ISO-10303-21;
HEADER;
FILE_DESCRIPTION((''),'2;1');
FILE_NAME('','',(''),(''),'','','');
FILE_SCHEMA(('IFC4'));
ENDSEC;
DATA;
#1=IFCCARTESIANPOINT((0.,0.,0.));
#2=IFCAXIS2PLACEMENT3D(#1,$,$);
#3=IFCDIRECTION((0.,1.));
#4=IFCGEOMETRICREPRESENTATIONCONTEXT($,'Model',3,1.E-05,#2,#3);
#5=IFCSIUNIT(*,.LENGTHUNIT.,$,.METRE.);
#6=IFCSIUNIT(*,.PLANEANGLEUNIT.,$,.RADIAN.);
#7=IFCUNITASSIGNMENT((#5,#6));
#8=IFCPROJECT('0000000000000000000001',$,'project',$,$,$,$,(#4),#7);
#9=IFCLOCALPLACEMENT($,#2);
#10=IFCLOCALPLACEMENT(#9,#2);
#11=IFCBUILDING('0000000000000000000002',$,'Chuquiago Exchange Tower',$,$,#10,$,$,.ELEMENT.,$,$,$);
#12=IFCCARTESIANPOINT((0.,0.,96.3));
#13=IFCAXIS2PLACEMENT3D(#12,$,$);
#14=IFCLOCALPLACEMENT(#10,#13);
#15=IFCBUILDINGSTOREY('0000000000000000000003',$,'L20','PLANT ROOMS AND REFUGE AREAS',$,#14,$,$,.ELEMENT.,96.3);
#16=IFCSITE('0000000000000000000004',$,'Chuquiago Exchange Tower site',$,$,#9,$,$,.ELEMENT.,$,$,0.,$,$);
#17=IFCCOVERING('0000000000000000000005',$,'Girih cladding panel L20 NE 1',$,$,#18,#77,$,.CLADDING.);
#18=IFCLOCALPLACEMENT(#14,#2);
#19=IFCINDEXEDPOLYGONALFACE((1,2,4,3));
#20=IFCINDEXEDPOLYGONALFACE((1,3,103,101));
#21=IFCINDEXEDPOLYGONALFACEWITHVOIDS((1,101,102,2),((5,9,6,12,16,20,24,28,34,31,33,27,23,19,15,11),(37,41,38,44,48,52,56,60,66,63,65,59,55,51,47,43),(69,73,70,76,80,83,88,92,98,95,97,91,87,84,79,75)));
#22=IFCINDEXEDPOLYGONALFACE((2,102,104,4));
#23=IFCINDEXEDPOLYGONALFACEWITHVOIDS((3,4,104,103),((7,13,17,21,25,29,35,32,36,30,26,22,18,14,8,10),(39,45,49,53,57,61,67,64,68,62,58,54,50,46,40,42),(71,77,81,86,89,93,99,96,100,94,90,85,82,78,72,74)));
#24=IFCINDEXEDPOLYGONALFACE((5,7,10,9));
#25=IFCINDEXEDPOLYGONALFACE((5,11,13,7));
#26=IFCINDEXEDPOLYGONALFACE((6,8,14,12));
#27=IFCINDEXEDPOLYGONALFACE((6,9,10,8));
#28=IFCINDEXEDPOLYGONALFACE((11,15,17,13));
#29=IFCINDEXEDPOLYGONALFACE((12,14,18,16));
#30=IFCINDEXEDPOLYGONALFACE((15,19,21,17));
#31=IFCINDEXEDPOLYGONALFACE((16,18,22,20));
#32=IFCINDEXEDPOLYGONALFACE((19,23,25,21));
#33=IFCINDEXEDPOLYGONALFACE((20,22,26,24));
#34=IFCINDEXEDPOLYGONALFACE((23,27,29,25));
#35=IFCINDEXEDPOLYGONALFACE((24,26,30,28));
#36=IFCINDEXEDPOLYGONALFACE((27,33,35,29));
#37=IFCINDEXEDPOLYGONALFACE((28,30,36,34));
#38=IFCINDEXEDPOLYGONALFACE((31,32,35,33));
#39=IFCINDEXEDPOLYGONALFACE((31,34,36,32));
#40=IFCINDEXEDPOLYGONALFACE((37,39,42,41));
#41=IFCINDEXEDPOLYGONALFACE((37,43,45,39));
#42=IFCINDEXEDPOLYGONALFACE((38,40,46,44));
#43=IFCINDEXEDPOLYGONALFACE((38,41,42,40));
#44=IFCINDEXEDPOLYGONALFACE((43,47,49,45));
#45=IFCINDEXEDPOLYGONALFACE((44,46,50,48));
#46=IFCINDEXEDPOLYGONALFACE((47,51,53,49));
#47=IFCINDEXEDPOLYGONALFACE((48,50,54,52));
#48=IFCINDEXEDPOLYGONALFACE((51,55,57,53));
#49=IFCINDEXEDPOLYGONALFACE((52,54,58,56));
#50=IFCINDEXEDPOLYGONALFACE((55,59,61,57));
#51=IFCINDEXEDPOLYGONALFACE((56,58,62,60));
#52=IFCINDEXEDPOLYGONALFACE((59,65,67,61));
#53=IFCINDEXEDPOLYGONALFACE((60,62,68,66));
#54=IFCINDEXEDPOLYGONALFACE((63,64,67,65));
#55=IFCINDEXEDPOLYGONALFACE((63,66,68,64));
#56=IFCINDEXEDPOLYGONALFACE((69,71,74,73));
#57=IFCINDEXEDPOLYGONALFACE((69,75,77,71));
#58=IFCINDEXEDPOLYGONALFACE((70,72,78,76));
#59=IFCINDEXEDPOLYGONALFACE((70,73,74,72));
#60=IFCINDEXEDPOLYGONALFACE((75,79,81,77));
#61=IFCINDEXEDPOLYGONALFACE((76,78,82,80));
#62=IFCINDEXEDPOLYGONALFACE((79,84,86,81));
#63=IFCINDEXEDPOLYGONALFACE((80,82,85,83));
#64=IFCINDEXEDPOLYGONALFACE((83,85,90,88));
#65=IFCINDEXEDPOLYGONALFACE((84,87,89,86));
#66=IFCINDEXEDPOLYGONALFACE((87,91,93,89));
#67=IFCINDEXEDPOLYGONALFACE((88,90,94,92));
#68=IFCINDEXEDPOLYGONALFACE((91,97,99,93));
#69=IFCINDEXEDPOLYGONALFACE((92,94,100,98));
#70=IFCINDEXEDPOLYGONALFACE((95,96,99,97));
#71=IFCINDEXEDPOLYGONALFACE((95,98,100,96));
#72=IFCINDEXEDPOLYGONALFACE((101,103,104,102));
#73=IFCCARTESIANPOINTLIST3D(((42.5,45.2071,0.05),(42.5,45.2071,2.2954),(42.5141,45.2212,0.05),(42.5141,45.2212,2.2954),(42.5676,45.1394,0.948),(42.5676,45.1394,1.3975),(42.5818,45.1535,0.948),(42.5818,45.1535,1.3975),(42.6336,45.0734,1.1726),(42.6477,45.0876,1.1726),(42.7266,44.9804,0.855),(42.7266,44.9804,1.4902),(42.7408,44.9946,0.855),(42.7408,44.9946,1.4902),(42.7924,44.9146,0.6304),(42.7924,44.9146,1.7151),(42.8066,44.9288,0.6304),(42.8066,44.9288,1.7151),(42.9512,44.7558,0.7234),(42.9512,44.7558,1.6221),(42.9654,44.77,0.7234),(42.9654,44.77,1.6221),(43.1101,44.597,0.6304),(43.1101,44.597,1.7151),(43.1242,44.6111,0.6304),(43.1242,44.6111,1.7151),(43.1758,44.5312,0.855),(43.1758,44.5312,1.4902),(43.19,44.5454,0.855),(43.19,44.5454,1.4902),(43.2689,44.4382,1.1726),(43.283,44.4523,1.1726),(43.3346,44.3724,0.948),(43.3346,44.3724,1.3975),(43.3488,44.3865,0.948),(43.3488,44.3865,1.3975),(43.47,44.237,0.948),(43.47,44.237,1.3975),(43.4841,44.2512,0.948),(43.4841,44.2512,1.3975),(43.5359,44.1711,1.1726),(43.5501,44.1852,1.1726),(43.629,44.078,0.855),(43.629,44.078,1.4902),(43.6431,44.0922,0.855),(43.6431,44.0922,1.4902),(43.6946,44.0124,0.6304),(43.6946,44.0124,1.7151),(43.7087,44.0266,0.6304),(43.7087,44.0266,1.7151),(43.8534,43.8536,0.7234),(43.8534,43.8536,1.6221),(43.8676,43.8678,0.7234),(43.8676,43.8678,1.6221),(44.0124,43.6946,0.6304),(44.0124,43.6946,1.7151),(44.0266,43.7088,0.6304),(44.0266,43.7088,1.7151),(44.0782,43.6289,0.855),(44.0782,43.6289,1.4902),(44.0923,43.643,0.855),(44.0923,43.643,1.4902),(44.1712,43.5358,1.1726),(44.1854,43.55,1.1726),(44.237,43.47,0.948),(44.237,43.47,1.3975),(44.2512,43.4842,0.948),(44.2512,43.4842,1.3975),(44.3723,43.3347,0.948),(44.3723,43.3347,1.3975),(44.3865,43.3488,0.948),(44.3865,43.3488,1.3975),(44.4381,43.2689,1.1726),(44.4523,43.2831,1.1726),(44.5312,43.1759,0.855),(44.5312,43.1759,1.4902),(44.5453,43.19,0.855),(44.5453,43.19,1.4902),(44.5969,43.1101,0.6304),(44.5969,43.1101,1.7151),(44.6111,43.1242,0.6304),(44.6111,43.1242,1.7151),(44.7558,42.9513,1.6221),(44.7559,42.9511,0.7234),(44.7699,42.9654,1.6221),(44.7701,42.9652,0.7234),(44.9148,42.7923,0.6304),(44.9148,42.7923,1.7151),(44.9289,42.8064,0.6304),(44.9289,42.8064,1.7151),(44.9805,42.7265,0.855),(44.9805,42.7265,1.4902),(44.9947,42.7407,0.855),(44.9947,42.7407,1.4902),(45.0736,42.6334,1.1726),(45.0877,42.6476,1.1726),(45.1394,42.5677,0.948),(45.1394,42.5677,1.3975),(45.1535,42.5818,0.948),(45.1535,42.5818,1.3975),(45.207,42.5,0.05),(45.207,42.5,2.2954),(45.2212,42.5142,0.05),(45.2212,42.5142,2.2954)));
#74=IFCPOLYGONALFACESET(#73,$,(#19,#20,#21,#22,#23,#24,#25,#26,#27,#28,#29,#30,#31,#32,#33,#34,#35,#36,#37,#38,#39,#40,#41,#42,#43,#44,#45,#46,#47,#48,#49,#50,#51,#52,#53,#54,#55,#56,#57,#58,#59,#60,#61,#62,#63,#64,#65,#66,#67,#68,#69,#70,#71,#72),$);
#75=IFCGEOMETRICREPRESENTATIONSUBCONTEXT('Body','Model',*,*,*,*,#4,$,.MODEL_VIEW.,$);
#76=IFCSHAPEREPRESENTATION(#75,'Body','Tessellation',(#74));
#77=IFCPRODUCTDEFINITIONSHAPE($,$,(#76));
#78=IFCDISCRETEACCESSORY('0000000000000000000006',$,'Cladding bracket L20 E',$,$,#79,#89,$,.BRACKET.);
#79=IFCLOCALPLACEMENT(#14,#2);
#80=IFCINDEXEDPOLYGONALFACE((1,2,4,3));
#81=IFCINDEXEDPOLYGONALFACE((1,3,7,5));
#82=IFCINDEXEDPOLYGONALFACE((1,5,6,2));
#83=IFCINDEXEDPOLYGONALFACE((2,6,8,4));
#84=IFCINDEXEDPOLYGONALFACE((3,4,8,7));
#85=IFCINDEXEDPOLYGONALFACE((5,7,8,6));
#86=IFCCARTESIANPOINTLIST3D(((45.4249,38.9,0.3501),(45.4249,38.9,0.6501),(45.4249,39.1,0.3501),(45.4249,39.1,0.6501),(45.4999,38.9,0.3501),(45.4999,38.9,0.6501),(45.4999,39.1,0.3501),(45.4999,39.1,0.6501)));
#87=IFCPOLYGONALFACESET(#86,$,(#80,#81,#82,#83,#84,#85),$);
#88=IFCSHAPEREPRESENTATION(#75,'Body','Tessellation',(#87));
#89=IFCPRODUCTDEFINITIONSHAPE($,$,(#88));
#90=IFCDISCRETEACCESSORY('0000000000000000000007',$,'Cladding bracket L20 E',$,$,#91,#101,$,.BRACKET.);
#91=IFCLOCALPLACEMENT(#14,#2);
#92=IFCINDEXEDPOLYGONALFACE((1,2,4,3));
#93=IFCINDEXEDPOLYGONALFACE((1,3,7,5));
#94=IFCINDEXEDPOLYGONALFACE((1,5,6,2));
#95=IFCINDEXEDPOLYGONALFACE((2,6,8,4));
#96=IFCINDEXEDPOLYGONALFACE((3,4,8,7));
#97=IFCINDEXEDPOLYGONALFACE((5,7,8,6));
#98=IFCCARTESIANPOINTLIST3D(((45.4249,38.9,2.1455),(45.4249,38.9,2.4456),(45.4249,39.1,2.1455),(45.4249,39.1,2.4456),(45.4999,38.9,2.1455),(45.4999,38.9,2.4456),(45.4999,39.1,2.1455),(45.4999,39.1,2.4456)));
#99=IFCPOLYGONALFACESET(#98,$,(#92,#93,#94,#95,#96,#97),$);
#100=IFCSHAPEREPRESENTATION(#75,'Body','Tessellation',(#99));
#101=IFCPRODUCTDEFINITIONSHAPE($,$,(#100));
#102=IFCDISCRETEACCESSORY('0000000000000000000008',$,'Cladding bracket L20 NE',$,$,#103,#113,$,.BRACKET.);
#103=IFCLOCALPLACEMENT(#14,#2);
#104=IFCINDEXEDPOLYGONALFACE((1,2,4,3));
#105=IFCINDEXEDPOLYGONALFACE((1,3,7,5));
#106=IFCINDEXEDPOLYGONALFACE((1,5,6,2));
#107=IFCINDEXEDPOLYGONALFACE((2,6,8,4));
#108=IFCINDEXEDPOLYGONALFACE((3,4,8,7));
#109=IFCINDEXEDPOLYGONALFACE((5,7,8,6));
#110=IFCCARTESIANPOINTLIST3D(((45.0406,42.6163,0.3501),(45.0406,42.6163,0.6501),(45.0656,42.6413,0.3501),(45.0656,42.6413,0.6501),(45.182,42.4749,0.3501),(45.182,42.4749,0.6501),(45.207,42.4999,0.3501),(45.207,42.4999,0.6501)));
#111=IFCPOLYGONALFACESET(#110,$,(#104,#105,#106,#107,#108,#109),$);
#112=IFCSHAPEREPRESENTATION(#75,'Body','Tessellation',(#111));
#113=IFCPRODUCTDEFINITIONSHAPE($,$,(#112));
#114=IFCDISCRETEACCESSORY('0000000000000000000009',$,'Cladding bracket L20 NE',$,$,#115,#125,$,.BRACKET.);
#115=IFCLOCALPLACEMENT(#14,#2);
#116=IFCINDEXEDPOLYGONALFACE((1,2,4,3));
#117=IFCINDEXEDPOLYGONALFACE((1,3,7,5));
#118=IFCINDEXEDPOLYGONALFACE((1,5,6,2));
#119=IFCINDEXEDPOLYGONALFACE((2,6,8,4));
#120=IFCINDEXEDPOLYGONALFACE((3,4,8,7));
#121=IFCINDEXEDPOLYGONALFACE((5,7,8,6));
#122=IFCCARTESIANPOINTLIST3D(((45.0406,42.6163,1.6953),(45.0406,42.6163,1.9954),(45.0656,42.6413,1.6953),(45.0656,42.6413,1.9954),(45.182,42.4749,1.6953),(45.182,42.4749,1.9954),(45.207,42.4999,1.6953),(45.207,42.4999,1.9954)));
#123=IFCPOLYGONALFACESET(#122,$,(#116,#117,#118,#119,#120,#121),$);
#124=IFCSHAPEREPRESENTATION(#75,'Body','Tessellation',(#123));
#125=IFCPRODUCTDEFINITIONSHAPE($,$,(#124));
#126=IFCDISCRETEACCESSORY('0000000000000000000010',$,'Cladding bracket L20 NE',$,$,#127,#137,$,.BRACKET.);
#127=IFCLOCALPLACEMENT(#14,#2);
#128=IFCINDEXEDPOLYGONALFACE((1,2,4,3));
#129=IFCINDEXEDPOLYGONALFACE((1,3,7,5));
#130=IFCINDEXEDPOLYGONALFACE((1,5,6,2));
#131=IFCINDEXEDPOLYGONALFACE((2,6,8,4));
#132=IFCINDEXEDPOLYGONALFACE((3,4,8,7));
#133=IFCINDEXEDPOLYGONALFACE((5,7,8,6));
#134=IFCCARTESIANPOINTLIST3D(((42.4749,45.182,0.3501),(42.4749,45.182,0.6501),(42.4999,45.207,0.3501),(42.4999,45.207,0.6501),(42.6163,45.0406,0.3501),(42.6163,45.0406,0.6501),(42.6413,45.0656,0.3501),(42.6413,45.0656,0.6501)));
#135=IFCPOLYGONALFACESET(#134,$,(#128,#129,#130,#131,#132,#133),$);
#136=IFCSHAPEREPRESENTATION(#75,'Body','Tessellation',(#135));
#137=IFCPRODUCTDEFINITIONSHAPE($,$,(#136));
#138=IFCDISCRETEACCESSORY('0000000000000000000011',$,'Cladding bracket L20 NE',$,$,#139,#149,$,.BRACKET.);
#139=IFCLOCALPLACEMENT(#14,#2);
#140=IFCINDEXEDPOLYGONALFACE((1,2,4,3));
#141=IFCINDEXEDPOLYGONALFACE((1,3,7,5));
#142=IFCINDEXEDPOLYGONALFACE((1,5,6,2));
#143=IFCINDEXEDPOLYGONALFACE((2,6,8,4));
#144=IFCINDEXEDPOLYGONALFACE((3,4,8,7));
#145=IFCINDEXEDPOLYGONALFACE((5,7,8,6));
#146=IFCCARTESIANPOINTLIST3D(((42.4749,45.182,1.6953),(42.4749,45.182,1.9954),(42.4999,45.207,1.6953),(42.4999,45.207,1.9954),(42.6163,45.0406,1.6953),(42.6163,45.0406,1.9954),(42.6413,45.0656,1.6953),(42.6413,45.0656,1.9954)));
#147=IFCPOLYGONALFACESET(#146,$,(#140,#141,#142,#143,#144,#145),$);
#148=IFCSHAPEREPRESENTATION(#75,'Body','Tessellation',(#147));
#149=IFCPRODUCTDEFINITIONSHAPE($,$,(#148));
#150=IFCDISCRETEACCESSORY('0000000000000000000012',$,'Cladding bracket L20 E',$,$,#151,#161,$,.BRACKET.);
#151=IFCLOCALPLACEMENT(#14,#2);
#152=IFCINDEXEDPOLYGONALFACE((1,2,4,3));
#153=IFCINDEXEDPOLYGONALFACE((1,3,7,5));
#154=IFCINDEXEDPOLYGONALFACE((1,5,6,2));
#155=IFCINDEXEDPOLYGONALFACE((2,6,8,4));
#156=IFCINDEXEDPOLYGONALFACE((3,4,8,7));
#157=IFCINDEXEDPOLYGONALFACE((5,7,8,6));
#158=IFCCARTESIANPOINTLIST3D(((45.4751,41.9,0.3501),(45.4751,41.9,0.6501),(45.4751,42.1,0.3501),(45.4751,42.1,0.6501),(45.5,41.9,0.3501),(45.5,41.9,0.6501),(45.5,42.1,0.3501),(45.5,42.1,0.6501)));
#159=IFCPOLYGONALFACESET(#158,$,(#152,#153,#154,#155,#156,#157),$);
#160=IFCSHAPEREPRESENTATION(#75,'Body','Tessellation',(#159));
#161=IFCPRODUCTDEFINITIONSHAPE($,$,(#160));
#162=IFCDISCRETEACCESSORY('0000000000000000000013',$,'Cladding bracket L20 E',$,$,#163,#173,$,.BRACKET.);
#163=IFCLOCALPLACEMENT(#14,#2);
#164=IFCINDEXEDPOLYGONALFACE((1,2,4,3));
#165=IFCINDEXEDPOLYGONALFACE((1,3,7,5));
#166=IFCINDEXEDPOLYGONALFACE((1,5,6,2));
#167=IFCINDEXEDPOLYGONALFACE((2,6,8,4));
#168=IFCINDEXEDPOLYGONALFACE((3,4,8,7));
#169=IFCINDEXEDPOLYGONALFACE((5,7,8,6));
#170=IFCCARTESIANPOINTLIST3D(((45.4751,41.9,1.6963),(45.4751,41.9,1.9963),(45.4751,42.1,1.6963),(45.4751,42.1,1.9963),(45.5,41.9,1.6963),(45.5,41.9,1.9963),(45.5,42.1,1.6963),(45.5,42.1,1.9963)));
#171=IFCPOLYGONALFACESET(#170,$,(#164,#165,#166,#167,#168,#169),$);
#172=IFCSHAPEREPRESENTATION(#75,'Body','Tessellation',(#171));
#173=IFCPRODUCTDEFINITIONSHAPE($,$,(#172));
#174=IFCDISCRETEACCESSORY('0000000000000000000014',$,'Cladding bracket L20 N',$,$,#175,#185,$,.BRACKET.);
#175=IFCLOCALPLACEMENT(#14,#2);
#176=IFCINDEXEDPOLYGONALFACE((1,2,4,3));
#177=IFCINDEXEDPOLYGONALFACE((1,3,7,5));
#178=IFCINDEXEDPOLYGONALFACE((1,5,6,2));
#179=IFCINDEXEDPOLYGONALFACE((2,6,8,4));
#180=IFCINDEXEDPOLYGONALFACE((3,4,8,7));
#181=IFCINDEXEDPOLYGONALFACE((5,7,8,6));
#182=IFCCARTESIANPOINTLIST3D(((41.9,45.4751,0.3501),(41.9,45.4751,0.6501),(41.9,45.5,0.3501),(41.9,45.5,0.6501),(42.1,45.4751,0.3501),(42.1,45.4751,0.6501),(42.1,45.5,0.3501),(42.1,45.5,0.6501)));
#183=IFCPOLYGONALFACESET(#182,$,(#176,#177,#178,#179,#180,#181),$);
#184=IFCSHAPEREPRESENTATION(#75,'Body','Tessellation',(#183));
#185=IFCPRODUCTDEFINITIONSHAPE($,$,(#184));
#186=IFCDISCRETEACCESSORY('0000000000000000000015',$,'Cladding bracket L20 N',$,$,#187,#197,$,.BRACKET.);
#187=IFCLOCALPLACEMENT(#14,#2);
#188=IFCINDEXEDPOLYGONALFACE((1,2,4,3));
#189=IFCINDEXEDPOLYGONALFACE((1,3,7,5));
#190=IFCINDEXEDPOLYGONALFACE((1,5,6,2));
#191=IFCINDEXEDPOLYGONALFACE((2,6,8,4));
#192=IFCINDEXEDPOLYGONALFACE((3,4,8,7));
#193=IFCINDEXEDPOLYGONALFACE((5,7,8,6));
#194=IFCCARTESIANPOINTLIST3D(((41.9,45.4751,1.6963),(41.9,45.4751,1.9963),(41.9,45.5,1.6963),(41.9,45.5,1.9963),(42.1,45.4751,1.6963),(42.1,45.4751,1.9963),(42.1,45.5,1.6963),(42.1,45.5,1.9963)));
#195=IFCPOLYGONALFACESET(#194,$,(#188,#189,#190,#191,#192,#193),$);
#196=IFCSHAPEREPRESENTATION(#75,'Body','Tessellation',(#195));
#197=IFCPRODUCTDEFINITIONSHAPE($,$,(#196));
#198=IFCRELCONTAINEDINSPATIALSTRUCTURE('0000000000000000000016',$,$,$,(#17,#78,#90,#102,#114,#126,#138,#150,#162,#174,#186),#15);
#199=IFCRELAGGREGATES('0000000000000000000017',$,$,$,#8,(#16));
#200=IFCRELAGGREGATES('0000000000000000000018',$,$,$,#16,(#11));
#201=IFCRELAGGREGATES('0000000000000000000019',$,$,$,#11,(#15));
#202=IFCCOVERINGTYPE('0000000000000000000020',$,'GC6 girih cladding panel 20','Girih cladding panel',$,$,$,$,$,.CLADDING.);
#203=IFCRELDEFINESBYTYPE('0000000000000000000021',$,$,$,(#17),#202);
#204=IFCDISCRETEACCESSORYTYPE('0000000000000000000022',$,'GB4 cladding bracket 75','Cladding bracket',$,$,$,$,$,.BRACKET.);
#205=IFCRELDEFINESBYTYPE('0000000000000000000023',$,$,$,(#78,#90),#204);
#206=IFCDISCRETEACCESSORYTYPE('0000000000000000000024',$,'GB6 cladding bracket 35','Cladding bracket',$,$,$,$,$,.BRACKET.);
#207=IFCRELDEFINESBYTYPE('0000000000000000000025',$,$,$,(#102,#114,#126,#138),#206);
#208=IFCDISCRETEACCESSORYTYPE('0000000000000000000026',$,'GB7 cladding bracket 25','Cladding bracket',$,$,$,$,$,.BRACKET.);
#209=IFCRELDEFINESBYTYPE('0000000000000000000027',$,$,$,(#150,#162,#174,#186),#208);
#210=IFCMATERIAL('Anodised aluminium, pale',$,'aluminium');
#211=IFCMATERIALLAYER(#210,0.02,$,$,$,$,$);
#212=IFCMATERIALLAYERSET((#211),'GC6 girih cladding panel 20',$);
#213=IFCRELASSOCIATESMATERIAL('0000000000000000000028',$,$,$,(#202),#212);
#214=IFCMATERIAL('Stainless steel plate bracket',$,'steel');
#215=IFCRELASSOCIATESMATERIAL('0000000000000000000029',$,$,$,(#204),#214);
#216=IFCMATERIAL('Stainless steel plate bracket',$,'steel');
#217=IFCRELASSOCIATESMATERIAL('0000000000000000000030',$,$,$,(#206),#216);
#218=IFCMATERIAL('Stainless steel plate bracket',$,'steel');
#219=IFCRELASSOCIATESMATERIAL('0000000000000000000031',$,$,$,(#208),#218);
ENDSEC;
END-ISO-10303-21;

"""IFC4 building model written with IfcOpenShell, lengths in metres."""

from ifc_helpers import new_model, si_unit, direction, frame, origin, origin_2d, place, context, subcontext, project, spatial, polyline, rectangle, outline, extrude, material, layer, layer_set, type_object, element, save


model = new_model("IFC4")

# Units and contexts
model_context = context("Model", 3, precision=1e-05, world=origin(), true_north=direction((0.0, 1.0)))
body_context = subcontext(model_context, "Body", "Model", "MODEL_VIEW")
ifc_project = project(units=[si_unit("LENGTHUNIT", "METRE"), si_unit("PLANEANGLEUNIT", "RADIAN")], contexts=[model_context])

# Site, building, storey
site_placement = place(None, origin())
site = spatial("IfcSite", under=ifc_project, at=site_placement, Name="Chuquiago Exchange Tower site", CompositionType="ELEMENT", RefElevation=0.0)
building_placement = place(site_placement, origin())
building = spatial("IfcBuilding", under=site, at=building_placement, Name="Chuquiago Exchange Tower", CompositionType="ELEMENT")
storey_placement = place(building_placement, frame((0.0, 0.0, 96.3)))
storey = spatial("IfcBuildingStorey", under=building, at=storey_placement, Name="L20", Description="PLANT ROOMS AND REFUGE AREAS", CompositionType="ELEMENT", Elevation=96.3)

# Covering
ifc_material_1 = material(Name="Anodised aluminium, pale", Category="aluminium")
ifc_layer_1 = layer(ifc_material_1, 0.02)
ifc_layer_set_1 = layer_set([ifc_layer_1], Name="GC6 girih cladding panel 20")
covering_type_1 = type_object("IfcCoveringType", Name="GC6 girih cladding panel 20", Description="Girih cladding panel", PredefinedType="CLADDING", material=ifc_layer_set_1)
covering_1_placement = place(storey_placement, frame((45.207, 42.5, 0.05), z_axis=(0.0, 0.0, 1.0), x_axis=(-0.707107, 0.707107, 0.0)))
element("IfcCovering", 1, at=covering_1_placement, inside=storey, type_object=covering_type_1, Name="Girih cladding panel L20 NE 1", PredefinedType="CLADDING", context=body_context, shape_type="SweptSolid", body=[
    extrude(outline(polyline([(0.0, 0.0), (3.8284, 0.0), (3.8284, 2.2454), (0.0, 2.2454), (0.0, 0.0)]), holes=[polyline([(1.0874, 1.1226), (1.1804, 1.3474), (0.9558, 1.4402), (0.8628, 1.665), (0.6382, 1.572), (0.4133, 1.665), (0.3203, 1.4402), (0.0957, 1.3474), (0.1887, 1.1226), (0.0957, 0.8979), (0.3203, 0.8049), (0.4133, 0.5803), (0.6379, 0.6733), (0.8628, 0.5803), (0.9558, 0.8049), (1.1804, 0.8979), (1.0874, 1.1226)]), polyline([(2.3633, 1.1226), (2.4565, 1.3474), (2.2317, 1.4402), (2.1389, 1.665), (1.9143, 1.572), (1.6895, 1.665), (1.5964, 1.4402), (1.3718, 1.3474), (1.4648, 1.1226), (1.3718, 0.8979), (1.5964, 0.8049), (1.6895, 0.5803), (1.9143, 0.6733), (2.1389, 0.5803), (2.2317, 0.8049), (2.4565, 0.8979), (2.3633, 1.1226)]), polyline([(3.6394, 1.1226), (3.7327, 1.3474), (3.5078, 1.4402), (3.4148, 1.665), (3.1902, 1.572), (2.9656, 1.665), (2.8726, 1.4402), (2.6479, 1.3474), (2.741, 1.1226), (2.6479, 0.8979), (2.8726, 0.8049), (2.9656, 0.5803), (3.1902, 0.6733), (3.4148, 0.5803), (3.5078, 0.8049), (3.7327, 0.8979), (3.6394, 1.1226)])]), frame((0.0, 0.0, 0.0), z_axis=(0.0, -1.0, 0.0), x_axis=(1.0, 0.0, 0.0)), (0.0, 0.0, 1.0), 0.02),
])

# Discrete accessories
ifc_material_2 = material(Name="Stainless steel plate bracket", Category="steel")
discrete_accessory_type_1 = type_object("IfcDiscreteAccessoryType", Name="GB4 cladding bracket 75", Description="Cladding bracket", PredefinedType="BRACKET", material=ifc_material_2)
for number, where, z_axis, x_axis, name in (
    (2, (45.4624, 39.0, 0.3501), (0.0, 0.0, 1.0), (0.0, 1.0, 0.0), "Cladding bracket L20 E"),
    (3, (45.4624, 39.0, 2.1455), (0.0, 0.0, 1.0), (0.0, 1.0, 0.0), "Cladding bracket L20 E"),
):
    element("IfcDiscreteAccessory", number, at=place(storey_placement, frame(where, z_axis=z_axis, x_axis=x_axis)), inside=storey, type_object=discrete_accessory_type_1, Name=name, PredefinedType="BRACKET", context=body_context, shape_type="SweptSolid", body=[
        extrude(rectangle(XDim=0.2, YDim=0.075, at=origin_2d()), origin(), (0.0, 0.0, 1.0), 0.3),
    ])
ifc_material_3 = material(Name="Stainless steel plate bracket", Category="steel")
discrete_accessory_type_2 = type_object("IfcDiscreteAccessoryType", Name="GB6 cladding bracket 35", Description="Cladding bracket", PredefinedType="BRACKET", material=ifc_material_3)
for number, where, z_axis, x_axis, name in (
    (4, (45.1238, 42.5581, 0.3501), (0.0, 0.0, 1.0), (-0.707107, 0.707107, 0.0), "Cladding bracket L20 NE"),
    (5, (45.1238, 42.5581, 1.6953), (0.0, 0.0, 1.0), (-0.707107, 0.707107, 0.0), "Cladding bracket L20 NE"),
    (6, (42.5581, 45.1238, 0.3501), (0.0, 0.0, 1.0), (-0.707107, 0.707107, 0.0), "Cladding bracket L20 NE"),
    (7, (42.5581, 45.1238, 1.6953), (0.0, 0.0, 1.0), (-0.707107, 0.707107, 0.0), "Cladding bracket L20 NE"),
):
    element("IfcDiscreteAccessory", number, at=place(storey_placement, frame(where, z_axis=z_axis, x_axis=x_axis)), inside=storey, type_object=discrete_accessory_type_2, Name=name, PredefinedType="BRACKET", context=body_context, shape_type="SweptSolid", body=[
        extrude(rectangle(XDim=0.2, YDim=0.0354, at=origin_2d()), origin(), (0.0, 0.0, 1.0), 0.3),
    ])
ifc_material_4 = material(Name="Stainless steel plate bracket", Category="steel")
discrete_accessory_type_3 = type_object("IfcDiscreteAccessoryType", Name="GB7 cladding bracket 25", Description="Cladding bracket", PredefinedType="BRACKET", material=ifc_material_4)
for number, where, z_axis, x_axis, name in (
    (8, (45.4875, 42.0, 0.3501), (0.0, 0.0, 1.0), (0.0, 1.0, 0.0), "Cladding bracket L20 E"),
    (9, (45.4875, 42.0, 1.6963), (0.0, 0.0, 1.0), (0.0, 1.0, 0.0), "Cladding bracket L20 E"),
    (10, (42.0, 45.4875, 0.3501), (0.0, 0.0, 1.0), (-1.0, 0.0, 0.0), "Cladding bracket L20 N"),
    (11, (42.0, 45.4875, 1.6963), (0.0, 0.0, 1.0), (-1.0, 0.0, 0.0), "Cladding bracket L20 N"),
):
    element("IfcDiscreteAccessory", number, at=place(storey_placement, frame(where, z_axis=z_axis, x_axis=x_axis)), inside=storey, type_object=discrete_accessory_type_3, Name=name, PredefinedType="BRACKET", context=body_context, shape_type="SweptSolid", body=[
        extrude(rectangle(XDim=0.2, YDim=0.0249, at=origin_2d()), origin(), (0.0, 0.0, 1.0), 0.3),
    ])

save(model, "model.ifc")
